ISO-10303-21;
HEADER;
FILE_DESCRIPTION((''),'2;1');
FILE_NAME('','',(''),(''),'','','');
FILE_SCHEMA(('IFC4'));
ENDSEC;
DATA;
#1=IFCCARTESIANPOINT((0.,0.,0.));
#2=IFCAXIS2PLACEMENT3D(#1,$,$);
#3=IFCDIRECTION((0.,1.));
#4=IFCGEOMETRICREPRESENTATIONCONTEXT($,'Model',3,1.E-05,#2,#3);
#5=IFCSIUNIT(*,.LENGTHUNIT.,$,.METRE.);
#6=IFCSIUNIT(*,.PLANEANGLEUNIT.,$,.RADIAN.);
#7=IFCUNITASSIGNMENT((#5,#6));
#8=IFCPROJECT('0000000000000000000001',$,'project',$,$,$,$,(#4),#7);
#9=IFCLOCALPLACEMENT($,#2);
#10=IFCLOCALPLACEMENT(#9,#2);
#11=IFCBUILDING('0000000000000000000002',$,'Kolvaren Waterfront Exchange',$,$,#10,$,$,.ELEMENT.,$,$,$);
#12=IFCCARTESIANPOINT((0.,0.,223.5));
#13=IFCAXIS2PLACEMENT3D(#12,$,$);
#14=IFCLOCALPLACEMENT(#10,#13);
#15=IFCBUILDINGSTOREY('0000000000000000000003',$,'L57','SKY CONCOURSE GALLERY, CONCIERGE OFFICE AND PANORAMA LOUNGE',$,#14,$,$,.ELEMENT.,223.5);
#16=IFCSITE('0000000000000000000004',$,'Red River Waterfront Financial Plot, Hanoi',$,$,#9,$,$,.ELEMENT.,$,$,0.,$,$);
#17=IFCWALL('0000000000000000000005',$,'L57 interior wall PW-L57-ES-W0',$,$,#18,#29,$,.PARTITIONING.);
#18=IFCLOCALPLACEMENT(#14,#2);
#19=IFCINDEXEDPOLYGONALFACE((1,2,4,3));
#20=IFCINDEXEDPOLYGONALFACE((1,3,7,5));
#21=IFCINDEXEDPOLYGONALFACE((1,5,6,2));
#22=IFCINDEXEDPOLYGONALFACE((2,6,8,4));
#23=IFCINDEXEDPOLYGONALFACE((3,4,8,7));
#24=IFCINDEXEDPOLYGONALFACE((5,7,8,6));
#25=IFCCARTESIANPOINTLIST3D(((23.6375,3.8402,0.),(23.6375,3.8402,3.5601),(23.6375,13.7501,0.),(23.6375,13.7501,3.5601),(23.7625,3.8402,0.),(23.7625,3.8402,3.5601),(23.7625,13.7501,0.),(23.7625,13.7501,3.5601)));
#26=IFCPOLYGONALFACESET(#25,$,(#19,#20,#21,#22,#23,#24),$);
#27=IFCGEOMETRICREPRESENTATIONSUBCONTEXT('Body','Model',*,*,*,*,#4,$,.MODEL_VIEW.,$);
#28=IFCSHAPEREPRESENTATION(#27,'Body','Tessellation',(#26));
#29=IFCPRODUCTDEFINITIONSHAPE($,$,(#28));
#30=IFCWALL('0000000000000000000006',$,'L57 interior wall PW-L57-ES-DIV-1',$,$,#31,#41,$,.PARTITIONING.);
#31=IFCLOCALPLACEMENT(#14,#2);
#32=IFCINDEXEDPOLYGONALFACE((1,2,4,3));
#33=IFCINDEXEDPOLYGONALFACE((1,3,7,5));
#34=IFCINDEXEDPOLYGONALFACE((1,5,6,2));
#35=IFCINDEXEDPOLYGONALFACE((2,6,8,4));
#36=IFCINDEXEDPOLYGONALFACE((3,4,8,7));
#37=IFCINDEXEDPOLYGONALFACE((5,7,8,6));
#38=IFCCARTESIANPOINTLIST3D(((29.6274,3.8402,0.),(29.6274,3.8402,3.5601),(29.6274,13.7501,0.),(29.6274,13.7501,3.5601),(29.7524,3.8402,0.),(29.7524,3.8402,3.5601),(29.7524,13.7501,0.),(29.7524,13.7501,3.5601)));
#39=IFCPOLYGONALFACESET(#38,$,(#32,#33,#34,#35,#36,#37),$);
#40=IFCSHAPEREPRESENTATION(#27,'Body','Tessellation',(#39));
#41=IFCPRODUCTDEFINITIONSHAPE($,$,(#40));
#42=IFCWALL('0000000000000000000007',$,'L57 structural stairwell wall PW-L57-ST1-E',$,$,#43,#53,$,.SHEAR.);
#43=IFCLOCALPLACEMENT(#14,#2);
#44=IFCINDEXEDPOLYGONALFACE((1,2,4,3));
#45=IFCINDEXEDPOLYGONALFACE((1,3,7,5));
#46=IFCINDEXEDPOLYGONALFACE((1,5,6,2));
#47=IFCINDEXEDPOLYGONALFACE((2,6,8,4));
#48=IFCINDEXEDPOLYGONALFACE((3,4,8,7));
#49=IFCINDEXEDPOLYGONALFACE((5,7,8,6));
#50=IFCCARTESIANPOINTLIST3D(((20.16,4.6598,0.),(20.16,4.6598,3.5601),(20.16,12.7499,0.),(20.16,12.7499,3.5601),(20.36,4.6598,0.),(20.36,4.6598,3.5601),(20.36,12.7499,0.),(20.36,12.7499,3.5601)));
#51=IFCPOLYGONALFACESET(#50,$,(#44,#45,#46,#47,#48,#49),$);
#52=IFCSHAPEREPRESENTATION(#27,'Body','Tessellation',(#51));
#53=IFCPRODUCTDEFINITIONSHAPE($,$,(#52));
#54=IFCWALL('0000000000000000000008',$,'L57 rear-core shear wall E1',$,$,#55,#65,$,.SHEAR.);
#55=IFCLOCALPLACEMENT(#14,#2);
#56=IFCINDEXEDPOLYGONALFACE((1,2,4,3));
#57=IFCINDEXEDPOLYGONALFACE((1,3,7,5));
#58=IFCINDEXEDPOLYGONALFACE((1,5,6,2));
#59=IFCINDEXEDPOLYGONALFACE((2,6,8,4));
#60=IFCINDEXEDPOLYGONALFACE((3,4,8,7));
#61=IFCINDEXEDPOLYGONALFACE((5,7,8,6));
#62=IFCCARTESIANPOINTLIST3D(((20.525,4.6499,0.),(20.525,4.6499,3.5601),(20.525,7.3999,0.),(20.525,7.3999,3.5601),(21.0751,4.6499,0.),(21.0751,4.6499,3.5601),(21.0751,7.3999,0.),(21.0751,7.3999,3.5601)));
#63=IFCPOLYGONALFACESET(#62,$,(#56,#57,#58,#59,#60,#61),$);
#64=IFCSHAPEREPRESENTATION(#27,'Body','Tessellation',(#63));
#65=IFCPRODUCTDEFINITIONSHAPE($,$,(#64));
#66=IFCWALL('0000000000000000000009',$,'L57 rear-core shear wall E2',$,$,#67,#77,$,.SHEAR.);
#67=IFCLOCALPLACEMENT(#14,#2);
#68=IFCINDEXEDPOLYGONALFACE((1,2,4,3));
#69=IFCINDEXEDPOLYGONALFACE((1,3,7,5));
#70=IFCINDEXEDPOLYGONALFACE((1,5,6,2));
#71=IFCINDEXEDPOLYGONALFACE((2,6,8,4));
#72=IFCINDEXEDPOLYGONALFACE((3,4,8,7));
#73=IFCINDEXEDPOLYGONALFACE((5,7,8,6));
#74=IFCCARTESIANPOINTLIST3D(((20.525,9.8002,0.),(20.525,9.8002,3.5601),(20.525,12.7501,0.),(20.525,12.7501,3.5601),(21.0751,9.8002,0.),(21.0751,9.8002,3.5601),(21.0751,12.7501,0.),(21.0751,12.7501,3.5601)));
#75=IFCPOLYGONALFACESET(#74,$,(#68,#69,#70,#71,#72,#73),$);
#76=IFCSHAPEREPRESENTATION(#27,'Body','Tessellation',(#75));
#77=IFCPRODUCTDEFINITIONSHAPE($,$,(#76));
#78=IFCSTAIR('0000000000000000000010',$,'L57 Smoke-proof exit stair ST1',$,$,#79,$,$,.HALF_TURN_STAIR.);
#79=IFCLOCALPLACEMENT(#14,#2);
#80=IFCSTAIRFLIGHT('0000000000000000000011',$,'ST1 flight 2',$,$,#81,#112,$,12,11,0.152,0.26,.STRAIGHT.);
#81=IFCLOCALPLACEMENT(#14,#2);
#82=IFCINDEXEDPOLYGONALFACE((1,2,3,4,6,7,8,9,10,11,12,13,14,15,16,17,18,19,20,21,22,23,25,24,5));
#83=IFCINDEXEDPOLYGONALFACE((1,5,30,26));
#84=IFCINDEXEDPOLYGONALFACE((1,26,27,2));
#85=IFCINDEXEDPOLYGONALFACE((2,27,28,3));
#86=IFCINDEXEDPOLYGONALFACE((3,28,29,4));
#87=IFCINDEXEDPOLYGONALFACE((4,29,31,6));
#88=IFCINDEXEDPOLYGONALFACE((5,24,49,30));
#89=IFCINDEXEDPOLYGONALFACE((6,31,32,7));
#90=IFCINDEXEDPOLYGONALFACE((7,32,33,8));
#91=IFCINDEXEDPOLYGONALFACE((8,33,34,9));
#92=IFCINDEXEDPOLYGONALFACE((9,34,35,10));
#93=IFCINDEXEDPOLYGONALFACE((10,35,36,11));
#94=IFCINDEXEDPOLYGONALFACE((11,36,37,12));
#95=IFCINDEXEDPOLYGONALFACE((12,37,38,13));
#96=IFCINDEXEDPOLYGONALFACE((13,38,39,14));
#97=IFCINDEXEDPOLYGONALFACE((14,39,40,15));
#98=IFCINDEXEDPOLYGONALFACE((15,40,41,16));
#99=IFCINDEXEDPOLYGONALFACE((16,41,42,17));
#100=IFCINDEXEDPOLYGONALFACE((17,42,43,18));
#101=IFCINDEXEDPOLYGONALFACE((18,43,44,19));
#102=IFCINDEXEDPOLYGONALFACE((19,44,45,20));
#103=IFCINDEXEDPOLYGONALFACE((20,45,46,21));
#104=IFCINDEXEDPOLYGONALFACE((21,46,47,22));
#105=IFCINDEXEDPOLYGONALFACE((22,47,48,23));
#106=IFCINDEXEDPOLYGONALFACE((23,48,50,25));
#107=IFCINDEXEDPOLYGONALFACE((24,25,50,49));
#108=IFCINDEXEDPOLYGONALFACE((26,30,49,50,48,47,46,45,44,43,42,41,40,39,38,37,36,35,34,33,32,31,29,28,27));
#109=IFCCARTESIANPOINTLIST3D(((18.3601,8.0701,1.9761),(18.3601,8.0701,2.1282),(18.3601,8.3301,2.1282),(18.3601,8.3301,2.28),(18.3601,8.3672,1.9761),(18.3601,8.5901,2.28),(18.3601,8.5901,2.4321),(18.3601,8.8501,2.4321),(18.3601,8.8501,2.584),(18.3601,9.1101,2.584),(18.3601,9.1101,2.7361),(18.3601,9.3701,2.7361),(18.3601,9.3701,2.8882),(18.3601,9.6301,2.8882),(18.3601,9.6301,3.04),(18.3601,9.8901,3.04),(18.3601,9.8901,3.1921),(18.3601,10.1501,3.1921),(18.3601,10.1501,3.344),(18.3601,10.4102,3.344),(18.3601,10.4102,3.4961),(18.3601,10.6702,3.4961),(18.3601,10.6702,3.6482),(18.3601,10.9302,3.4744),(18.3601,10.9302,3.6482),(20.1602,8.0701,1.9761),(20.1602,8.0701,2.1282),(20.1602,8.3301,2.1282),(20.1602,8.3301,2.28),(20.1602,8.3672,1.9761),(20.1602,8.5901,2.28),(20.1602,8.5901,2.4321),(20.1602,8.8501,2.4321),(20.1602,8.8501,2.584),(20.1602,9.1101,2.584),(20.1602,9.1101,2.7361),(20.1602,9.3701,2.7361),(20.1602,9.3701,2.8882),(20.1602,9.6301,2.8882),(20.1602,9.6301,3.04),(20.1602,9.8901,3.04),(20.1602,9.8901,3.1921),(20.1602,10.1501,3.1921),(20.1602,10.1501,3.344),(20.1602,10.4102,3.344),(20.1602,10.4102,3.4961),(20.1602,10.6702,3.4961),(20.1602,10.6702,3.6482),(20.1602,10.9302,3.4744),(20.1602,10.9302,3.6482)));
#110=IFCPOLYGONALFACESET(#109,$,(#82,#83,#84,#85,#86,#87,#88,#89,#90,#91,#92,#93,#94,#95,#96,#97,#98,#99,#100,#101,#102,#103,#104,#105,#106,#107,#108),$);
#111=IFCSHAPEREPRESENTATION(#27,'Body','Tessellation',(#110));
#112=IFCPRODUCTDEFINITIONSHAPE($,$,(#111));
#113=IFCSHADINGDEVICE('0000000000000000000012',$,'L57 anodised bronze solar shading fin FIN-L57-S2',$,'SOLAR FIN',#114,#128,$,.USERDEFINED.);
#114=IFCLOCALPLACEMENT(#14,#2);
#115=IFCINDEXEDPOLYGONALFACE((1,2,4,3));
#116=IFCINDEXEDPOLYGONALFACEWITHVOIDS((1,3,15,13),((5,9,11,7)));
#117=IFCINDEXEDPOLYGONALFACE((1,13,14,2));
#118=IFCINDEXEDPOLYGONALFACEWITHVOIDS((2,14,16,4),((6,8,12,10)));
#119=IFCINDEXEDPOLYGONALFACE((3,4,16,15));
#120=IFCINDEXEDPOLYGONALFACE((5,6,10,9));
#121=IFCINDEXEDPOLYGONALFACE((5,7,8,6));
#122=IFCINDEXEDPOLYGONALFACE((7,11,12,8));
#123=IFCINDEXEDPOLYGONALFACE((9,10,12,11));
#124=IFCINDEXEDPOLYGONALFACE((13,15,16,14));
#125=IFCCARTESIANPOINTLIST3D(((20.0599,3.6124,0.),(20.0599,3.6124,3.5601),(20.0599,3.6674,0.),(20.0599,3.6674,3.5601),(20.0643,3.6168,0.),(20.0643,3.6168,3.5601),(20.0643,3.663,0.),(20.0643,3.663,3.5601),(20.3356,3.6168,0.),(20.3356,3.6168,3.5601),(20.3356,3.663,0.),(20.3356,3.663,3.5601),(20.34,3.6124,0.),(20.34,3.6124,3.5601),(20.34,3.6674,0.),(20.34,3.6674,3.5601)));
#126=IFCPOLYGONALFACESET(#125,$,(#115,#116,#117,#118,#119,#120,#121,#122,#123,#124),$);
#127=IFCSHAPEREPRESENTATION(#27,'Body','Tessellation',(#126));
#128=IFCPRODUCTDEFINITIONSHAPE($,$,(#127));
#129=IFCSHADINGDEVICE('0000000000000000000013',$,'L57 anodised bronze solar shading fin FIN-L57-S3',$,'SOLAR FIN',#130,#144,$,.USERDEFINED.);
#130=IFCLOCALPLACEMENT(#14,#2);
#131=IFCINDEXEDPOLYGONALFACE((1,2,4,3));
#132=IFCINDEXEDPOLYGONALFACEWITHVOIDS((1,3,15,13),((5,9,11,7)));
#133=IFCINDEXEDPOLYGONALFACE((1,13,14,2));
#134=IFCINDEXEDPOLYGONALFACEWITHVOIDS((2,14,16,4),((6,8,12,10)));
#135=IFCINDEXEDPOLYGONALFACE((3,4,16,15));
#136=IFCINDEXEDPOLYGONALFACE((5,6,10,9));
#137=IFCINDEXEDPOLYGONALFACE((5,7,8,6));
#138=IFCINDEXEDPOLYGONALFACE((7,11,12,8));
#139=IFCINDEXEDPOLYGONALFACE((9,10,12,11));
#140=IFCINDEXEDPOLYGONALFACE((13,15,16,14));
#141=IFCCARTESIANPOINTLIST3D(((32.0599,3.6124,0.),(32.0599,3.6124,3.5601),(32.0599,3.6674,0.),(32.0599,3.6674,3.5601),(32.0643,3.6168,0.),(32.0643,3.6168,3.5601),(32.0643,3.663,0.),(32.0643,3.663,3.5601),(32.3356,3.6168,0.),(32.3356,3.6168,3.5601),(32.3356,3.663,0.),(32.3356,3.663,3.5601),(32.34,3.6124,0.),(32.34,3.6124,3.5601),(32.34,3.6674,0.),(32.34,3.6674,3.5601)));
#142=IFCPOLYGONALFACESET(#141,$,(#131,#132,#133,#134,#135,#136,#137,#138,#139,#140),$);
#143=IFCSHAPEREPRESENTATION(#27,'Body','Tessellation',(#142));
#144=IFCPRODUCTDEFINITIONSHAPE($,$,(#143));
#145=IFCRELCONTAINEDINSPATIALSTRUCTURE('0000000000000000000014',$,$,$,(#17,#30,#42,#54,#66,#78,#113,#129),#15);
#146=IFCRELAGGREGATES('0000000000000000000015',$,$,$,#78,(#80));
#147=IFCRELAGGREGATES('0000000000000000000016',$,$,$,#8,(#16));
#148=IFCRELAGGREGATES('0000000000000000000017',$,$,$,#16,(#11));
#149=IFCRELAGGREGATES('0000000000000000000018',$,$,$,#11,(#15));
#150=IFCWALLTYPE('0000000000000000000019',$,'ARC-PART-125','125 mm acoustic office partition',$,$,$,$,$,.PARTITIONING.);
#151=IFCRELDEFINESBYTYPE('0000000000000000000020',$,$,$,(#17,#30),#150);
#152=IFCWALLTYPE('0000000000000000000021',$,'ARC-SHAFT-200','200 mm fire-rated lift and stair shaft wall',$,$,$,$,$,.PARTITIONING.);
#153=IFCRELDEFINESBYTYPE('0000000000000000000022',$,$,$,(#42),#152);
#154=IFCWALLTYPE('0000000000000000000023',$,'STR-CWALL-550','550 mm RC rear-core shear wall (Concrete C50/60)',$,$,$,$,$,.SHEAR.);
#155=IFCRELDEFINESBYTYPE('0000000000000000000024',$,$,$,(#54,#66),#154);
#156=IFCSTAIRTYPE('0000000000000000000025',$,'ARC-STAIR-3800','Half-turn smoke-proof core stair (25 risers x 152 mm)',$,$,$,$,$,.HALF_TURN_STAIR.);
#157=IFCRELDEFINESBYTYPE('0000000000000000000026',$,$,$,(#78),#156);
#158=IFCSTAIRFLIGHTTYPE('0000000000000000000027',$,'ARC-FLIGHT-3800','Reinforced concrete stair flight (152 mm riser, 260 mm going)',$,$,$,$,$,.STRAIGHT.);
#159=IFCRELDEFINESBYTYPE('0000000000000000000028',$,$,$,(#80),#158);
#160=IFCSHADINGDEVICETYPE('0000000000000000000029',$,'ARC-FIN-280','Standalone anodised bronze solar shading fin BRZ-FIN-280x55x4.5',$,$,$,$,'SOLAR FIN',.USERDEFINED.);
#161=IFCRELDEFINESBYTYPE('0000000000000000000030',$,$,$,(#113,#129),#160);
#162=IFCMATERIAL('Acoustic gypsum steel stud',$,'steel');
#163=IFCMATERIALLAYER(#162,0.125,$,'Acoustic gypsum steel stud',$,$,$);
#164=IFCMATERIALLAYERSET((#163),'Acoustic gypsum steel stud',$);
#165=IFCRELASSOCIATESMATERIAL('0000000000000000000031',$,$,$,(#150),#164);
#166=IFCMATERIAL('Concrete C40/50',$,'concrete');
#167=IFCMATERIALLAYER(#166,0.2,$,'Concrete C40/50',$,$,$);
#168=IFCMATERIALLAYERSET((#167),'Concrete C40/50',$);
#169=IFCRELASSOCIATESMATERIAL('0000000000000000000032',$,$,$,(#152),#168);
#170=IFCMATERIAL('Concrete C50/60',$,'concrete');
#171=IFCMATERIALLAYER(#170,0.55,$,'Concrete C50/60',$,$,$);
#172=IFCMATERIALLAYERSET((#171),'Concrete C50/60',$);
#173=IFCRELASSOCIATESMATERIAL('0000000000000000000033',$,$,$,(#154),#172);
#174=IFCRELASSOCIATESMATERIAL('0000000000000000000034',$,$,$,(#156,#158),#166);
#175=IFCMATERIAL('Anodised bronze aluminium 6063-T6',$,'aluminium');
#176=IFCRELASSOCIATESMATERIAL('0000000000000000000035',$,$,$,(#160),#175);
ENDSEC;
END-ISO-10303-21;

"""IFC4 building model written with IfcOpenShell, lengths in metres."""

from ifc_helpers import new_model, si_unit, direction, frame, frame_2d, origin, origin_2d, place, context, subcontext, project, spatial, polyline, rectangle, hollow_rectangle, outline, extrude, material, layer, layer_set, material_profile, profile_set, type_object, element, aggregate, save


model = new_model("IFC4")

# Units and contexts
model_context = context("Model", 3, precision=1e-05, world=origin(), true_north=direction((0.0, 1.0)))
body_context = subcontext(model_context, "Body", "Model", "MODEL_VIEW")
ifc_project = project(units=[si_unit("LENGTHUNIT", "METRE"), si_unit("PLANEANGLEUNIT", "RADIAN")], contexts=[model_context])

# Site, building, storey
site_placement = place(None, origin())
site = spatial("IfcSite", under=ifc_project, at=site_placement, Name="Red River Waterfront Financial Plot, Hanoi", CompositionType="ELEMENT", RefElevation=0.0)
building_placement = place(site_placement, origin())
building = spatial("IfcBuilding", under=site, at=building_placement, Name="Kolvaren Waterfront Exchange", CompositionType="ELEMENT")
storey_placement = place(building_placement, frame((0.0, 0.0, 223.5)))
storey = spatial("IfcBuildingStorey", under=building, at=storey_placement, Name="L57", Description="SKY CONCOURSE GALLERY, CONCIERGE OFFICE AND PANORAMA LOUNGE", CompositionType="ELEMENT", Elevation=223.5)

# Shared definitions
ifc_material_1 = material(Name="Concrete C50/60", Category="concrete")

# Shared definitions
ifc_material_2 = material(Name="Anodised bronze aluminium 6063-T6", Category="aluminium")

# Shared definitions
ifc_material_3 = material(Name="Acoustic gypsum steel stud", Category="steel")
ifc_layer_1 = layer(ifc_material_3, 0.125, Name="Acoustic gypsum steel stud")
ifc_layer_set_1 = layer_set([ifc_layer_1], Name="Acoustic gypsum steel stud")
wall_type_1 = type_object("IfcWallType", Name="ARC-PART-125", Description="125 mm acoustic office partition", PredefinedType="PARTITIONING", material=ifc_layer_set_1)

# Walls
for number, where, z_axis, x_axis, name in (
    (1, (23.7, 3.8401, 0.0), (0.0, 0.0, 1.0), (0.0, 1.0, 0.0), "L57 interior wall PW-L57-ES-W0"),
    (2, (29.6899, 3.8401, 0.0), (0.0, 0.0, 1.0), (0.0, 1.0, 0.0), "L57 interior wall PW-L57-ES-DIV-1"),
):
    element("IfcWall", number, at=place(storey_placement, frame(where, z_axis=z_axis, x_axis=x_axis)), inside=storey, type_object=wall_type_1, Name=name, PredefinedType="PARTITIONING", context=body_context, shape_type="SweptSolid", body=[
        extrude(rectangle(XDim=9.9099, YDim=0.125, at=frame_2d((4.9551, 0.0))), origin(), (0.0, 0.0, 1.0), 3.5601),
    ])
ifc_material_4 = material(Name="Concrete C40/50", Category="concrete")
ifc_layer_2 = layer(ifc_material_4, 0.2, Name="Concrete C40/50")
ifc_layer_set_2 = layer_set([ifc_layer_2], Name="Concrete C40/50")
wall_type_2 = type_object("IfcWallType", Name="ARC-SHAFT-200", Description="200 mm fire-rated lift and stair shaft wall", PredefinedType="PARTITIONING", material=ifc_layer_set_2)
wall_1_placement = place(storey_placement, frame((20.26, 4.6599, 0.0), z_axis=(0.0, 0.0, 1.0), x_axis=(0.0, 1.0, 0.0)))
element("IfcWall", 3, at=wall_1_placement, inside=storey, type_object=wall_type_2, Name="L57 structural stairwell wall PW-L57-ST1-E", PredefinedType="SHEAR", context=body_context, shape_type="SweptSolid", body=[
    extrude(rectangle(XDim=8.0901, YDim=0.2, at=frame_2d((4.0449, 0.0))), origin(), (0.0, 0.0, 1.0), 3.5601),
])
ifc_layer_3 = layer(ifc_material_1, 0.55, Name="Concrete C50/60")
ifc_layer_set_3 = layer_set([ifc_layer_3], Name="Concrete C50/60")
wall_type_3 = type_object("IfcWallType", Name="STR-CWALL-550", Description="550 mm RC rear-core shear wall (Concrete C50/60)", PredefinedType="SHEAR", material=ifc_layer_set_3)
wall_2_placement = place(storey_placement, frame((20.8, 4.6499, 0.0), z_axis=(0.0, 0.0, 1.0), x_axis=(0.0, 1.0, 0.0)))
element("IfcWall", 4, at=wall_2_placement, inside=storey, type_object=wall_type_3, Name="L57 rear-core shear wall E1", PredefinedType="SHEAR", context=body_context, shape_type="SweptSolid", body=[
    extrude(rectangle(XDim=2.75, YDim=0.55, at=frame_2d((1.375, 0.0))), origin(), (0.0, 0.0, 1.0), 3.5601),
])
wall_3_placement = place(storey_placement, frame((20.8, 9.8, 0.0), z_axis=(0.0, 0.0, 1.0), x_axis=(0.0, 1.0, 0.0)))
element("IfcWall", 5, at=wall_3_placement, inside=storey, type_object=wall_type_3, Name="L57 rear-core shear wall E2", PredefinedType="SHEAR", context=body_context, shape_type="SweptSolid", body=[
    extrude(rectangle(XDim=2.95, YDim=0.55, at=frame_2d((1.4751, 0.0))), origin(), (0.0, 0.0, 1.0), 3.5601),
])

# Stair, stair flight
stair_type = type_object("IfcStairType", Name="ARC-STAIR-3800", Description="Half-turn smoke-proof core stair (25 risers x 152 mm)", PredefinedType="HALF_TURN_STAIR", material=ifc_material_4)
stair_placement = place(storey_placement, origin())
stair = element("IfcStair", 6, at=stair_placement, inside=storey, type_object=stair_type, Name="L57 Smoke-proof exit stair ST1", PredefinedType="HALF_TURN_STAIR")
stair_flight_type = type_object("IfcStairFlightType", Name="ARC-FLIGHT-3800", Description="Reinforced concrete stair flight (152 mm riser, 260 mm going)", PredefinedType="STRAIGHT", material=ifc_material_4)
stair_flight_placement = place(storey_placement, frame((19.26, 8.0701, 1.9761), z_axis=(0.0, 0.0, 1.0), x_axis=(0.0, 1.0, 0.0)))
stair_flight = element("IfcStairFlight", 7, at=stair_flight_placement, type_object=stair_flight_type, Name="ST1 flight 2", NumberOfRisers=12, NumberOfTreads=11, PredefinedType="STRAIGHT", RiserHeight=0.152, TreadLength=0.26, context=body_context, shape_type="SweptSolid", body=[
    extrude(outline(polyline([(0.0, 0.0), (0.0, 0.1521), (0.26, 0.1521), (0.26, 0.304), (0.52, 0.304), (0.52, 0.4561), (0.78, 0.4561), (0.78, 0.6079), (1.04, 0.6079), (1.04, 0.76), (1.3, 0.76), (1.3, 0.9121), (1.5601, 0.9121), (1.5601, 1.064), (1.8201, 1.064), (1.8201, 1.2161), (2.0801, 1.2161), (2.0801, 1.3679), (2.3401, 1.3679), (2.3401, 1.52), (2.6001, 1.52), (2.6001, 1.6721), (2.8601, 1.6721), (2.8601, 1.824), (2.8601, 1.4983), (0.2971, 0.0), (0.0, 0.0)])), frame((0.0, 0.8999, 0.0), z_axis=(0.0, -1.0, 0.0), x_axis=(1.0, 0.0, 0.0)), (0.0, 0.0, 1.0), 1.8),
])
aggregate(stair, [stair_flight])

# Shading devices
ifc_material_profile_1 = material_profile(ifc_material_2, hollow_rectangle(XDim=0.0549, YDim=0.28, WallThickness=0.0044, at=origin_2d()), Name="BRZ-FIN-280x55x4.5")
ifc_profile_set_1 = profile_set([ifc_material_profile_1], Name="Anodised bronze aluminium 6063-T6")
shading_device_type = type_object("IfcShadingDeviceType", Name="ARC-FIN-280", Description="Standalone anodised bronze solar shading fin BRZ-FIN-280x55x4.5", ElementType="SOLAR FIN", PredefinedType="USERDEFINED", material=ifc_profile_set_1)
for number, where, z_axis, x_axis, name in (
    (8, (20.2, 3.6399, 0.0), (0.0, 0.0, 1.0), (0.0, -1.0, 0.0), "L57 anodised bronze solar shading fin FIN-L57-S2"),
    (9, (32.2, 3.6399, 0.0), (0.0, 0.0, 1.0), (0.0, -1.0, 0.0), "L57 anodised bronze solar shading fin FIN-L57-S3"),
):
    element("IfcShadingDevice", number, at=place(storey_placement, frame(where, z_axis=z_axis, x_axis=x_axis)), inside=storey, type_object=shading_device_type, Name=name, ObjectType="SOLAR FIN", PredefinedType="USERDEFINED", context=body_context, shape_type="SweptSolid", body=[
        extrude(hollow_rectangle(XDim=0.0549, YDim=0.28, WallThickness=0.0044, at=origin_2d()), origin(), (0.0, 0.0, 1.0), 3.5601),
    ])

save(model, "model.ifc")
